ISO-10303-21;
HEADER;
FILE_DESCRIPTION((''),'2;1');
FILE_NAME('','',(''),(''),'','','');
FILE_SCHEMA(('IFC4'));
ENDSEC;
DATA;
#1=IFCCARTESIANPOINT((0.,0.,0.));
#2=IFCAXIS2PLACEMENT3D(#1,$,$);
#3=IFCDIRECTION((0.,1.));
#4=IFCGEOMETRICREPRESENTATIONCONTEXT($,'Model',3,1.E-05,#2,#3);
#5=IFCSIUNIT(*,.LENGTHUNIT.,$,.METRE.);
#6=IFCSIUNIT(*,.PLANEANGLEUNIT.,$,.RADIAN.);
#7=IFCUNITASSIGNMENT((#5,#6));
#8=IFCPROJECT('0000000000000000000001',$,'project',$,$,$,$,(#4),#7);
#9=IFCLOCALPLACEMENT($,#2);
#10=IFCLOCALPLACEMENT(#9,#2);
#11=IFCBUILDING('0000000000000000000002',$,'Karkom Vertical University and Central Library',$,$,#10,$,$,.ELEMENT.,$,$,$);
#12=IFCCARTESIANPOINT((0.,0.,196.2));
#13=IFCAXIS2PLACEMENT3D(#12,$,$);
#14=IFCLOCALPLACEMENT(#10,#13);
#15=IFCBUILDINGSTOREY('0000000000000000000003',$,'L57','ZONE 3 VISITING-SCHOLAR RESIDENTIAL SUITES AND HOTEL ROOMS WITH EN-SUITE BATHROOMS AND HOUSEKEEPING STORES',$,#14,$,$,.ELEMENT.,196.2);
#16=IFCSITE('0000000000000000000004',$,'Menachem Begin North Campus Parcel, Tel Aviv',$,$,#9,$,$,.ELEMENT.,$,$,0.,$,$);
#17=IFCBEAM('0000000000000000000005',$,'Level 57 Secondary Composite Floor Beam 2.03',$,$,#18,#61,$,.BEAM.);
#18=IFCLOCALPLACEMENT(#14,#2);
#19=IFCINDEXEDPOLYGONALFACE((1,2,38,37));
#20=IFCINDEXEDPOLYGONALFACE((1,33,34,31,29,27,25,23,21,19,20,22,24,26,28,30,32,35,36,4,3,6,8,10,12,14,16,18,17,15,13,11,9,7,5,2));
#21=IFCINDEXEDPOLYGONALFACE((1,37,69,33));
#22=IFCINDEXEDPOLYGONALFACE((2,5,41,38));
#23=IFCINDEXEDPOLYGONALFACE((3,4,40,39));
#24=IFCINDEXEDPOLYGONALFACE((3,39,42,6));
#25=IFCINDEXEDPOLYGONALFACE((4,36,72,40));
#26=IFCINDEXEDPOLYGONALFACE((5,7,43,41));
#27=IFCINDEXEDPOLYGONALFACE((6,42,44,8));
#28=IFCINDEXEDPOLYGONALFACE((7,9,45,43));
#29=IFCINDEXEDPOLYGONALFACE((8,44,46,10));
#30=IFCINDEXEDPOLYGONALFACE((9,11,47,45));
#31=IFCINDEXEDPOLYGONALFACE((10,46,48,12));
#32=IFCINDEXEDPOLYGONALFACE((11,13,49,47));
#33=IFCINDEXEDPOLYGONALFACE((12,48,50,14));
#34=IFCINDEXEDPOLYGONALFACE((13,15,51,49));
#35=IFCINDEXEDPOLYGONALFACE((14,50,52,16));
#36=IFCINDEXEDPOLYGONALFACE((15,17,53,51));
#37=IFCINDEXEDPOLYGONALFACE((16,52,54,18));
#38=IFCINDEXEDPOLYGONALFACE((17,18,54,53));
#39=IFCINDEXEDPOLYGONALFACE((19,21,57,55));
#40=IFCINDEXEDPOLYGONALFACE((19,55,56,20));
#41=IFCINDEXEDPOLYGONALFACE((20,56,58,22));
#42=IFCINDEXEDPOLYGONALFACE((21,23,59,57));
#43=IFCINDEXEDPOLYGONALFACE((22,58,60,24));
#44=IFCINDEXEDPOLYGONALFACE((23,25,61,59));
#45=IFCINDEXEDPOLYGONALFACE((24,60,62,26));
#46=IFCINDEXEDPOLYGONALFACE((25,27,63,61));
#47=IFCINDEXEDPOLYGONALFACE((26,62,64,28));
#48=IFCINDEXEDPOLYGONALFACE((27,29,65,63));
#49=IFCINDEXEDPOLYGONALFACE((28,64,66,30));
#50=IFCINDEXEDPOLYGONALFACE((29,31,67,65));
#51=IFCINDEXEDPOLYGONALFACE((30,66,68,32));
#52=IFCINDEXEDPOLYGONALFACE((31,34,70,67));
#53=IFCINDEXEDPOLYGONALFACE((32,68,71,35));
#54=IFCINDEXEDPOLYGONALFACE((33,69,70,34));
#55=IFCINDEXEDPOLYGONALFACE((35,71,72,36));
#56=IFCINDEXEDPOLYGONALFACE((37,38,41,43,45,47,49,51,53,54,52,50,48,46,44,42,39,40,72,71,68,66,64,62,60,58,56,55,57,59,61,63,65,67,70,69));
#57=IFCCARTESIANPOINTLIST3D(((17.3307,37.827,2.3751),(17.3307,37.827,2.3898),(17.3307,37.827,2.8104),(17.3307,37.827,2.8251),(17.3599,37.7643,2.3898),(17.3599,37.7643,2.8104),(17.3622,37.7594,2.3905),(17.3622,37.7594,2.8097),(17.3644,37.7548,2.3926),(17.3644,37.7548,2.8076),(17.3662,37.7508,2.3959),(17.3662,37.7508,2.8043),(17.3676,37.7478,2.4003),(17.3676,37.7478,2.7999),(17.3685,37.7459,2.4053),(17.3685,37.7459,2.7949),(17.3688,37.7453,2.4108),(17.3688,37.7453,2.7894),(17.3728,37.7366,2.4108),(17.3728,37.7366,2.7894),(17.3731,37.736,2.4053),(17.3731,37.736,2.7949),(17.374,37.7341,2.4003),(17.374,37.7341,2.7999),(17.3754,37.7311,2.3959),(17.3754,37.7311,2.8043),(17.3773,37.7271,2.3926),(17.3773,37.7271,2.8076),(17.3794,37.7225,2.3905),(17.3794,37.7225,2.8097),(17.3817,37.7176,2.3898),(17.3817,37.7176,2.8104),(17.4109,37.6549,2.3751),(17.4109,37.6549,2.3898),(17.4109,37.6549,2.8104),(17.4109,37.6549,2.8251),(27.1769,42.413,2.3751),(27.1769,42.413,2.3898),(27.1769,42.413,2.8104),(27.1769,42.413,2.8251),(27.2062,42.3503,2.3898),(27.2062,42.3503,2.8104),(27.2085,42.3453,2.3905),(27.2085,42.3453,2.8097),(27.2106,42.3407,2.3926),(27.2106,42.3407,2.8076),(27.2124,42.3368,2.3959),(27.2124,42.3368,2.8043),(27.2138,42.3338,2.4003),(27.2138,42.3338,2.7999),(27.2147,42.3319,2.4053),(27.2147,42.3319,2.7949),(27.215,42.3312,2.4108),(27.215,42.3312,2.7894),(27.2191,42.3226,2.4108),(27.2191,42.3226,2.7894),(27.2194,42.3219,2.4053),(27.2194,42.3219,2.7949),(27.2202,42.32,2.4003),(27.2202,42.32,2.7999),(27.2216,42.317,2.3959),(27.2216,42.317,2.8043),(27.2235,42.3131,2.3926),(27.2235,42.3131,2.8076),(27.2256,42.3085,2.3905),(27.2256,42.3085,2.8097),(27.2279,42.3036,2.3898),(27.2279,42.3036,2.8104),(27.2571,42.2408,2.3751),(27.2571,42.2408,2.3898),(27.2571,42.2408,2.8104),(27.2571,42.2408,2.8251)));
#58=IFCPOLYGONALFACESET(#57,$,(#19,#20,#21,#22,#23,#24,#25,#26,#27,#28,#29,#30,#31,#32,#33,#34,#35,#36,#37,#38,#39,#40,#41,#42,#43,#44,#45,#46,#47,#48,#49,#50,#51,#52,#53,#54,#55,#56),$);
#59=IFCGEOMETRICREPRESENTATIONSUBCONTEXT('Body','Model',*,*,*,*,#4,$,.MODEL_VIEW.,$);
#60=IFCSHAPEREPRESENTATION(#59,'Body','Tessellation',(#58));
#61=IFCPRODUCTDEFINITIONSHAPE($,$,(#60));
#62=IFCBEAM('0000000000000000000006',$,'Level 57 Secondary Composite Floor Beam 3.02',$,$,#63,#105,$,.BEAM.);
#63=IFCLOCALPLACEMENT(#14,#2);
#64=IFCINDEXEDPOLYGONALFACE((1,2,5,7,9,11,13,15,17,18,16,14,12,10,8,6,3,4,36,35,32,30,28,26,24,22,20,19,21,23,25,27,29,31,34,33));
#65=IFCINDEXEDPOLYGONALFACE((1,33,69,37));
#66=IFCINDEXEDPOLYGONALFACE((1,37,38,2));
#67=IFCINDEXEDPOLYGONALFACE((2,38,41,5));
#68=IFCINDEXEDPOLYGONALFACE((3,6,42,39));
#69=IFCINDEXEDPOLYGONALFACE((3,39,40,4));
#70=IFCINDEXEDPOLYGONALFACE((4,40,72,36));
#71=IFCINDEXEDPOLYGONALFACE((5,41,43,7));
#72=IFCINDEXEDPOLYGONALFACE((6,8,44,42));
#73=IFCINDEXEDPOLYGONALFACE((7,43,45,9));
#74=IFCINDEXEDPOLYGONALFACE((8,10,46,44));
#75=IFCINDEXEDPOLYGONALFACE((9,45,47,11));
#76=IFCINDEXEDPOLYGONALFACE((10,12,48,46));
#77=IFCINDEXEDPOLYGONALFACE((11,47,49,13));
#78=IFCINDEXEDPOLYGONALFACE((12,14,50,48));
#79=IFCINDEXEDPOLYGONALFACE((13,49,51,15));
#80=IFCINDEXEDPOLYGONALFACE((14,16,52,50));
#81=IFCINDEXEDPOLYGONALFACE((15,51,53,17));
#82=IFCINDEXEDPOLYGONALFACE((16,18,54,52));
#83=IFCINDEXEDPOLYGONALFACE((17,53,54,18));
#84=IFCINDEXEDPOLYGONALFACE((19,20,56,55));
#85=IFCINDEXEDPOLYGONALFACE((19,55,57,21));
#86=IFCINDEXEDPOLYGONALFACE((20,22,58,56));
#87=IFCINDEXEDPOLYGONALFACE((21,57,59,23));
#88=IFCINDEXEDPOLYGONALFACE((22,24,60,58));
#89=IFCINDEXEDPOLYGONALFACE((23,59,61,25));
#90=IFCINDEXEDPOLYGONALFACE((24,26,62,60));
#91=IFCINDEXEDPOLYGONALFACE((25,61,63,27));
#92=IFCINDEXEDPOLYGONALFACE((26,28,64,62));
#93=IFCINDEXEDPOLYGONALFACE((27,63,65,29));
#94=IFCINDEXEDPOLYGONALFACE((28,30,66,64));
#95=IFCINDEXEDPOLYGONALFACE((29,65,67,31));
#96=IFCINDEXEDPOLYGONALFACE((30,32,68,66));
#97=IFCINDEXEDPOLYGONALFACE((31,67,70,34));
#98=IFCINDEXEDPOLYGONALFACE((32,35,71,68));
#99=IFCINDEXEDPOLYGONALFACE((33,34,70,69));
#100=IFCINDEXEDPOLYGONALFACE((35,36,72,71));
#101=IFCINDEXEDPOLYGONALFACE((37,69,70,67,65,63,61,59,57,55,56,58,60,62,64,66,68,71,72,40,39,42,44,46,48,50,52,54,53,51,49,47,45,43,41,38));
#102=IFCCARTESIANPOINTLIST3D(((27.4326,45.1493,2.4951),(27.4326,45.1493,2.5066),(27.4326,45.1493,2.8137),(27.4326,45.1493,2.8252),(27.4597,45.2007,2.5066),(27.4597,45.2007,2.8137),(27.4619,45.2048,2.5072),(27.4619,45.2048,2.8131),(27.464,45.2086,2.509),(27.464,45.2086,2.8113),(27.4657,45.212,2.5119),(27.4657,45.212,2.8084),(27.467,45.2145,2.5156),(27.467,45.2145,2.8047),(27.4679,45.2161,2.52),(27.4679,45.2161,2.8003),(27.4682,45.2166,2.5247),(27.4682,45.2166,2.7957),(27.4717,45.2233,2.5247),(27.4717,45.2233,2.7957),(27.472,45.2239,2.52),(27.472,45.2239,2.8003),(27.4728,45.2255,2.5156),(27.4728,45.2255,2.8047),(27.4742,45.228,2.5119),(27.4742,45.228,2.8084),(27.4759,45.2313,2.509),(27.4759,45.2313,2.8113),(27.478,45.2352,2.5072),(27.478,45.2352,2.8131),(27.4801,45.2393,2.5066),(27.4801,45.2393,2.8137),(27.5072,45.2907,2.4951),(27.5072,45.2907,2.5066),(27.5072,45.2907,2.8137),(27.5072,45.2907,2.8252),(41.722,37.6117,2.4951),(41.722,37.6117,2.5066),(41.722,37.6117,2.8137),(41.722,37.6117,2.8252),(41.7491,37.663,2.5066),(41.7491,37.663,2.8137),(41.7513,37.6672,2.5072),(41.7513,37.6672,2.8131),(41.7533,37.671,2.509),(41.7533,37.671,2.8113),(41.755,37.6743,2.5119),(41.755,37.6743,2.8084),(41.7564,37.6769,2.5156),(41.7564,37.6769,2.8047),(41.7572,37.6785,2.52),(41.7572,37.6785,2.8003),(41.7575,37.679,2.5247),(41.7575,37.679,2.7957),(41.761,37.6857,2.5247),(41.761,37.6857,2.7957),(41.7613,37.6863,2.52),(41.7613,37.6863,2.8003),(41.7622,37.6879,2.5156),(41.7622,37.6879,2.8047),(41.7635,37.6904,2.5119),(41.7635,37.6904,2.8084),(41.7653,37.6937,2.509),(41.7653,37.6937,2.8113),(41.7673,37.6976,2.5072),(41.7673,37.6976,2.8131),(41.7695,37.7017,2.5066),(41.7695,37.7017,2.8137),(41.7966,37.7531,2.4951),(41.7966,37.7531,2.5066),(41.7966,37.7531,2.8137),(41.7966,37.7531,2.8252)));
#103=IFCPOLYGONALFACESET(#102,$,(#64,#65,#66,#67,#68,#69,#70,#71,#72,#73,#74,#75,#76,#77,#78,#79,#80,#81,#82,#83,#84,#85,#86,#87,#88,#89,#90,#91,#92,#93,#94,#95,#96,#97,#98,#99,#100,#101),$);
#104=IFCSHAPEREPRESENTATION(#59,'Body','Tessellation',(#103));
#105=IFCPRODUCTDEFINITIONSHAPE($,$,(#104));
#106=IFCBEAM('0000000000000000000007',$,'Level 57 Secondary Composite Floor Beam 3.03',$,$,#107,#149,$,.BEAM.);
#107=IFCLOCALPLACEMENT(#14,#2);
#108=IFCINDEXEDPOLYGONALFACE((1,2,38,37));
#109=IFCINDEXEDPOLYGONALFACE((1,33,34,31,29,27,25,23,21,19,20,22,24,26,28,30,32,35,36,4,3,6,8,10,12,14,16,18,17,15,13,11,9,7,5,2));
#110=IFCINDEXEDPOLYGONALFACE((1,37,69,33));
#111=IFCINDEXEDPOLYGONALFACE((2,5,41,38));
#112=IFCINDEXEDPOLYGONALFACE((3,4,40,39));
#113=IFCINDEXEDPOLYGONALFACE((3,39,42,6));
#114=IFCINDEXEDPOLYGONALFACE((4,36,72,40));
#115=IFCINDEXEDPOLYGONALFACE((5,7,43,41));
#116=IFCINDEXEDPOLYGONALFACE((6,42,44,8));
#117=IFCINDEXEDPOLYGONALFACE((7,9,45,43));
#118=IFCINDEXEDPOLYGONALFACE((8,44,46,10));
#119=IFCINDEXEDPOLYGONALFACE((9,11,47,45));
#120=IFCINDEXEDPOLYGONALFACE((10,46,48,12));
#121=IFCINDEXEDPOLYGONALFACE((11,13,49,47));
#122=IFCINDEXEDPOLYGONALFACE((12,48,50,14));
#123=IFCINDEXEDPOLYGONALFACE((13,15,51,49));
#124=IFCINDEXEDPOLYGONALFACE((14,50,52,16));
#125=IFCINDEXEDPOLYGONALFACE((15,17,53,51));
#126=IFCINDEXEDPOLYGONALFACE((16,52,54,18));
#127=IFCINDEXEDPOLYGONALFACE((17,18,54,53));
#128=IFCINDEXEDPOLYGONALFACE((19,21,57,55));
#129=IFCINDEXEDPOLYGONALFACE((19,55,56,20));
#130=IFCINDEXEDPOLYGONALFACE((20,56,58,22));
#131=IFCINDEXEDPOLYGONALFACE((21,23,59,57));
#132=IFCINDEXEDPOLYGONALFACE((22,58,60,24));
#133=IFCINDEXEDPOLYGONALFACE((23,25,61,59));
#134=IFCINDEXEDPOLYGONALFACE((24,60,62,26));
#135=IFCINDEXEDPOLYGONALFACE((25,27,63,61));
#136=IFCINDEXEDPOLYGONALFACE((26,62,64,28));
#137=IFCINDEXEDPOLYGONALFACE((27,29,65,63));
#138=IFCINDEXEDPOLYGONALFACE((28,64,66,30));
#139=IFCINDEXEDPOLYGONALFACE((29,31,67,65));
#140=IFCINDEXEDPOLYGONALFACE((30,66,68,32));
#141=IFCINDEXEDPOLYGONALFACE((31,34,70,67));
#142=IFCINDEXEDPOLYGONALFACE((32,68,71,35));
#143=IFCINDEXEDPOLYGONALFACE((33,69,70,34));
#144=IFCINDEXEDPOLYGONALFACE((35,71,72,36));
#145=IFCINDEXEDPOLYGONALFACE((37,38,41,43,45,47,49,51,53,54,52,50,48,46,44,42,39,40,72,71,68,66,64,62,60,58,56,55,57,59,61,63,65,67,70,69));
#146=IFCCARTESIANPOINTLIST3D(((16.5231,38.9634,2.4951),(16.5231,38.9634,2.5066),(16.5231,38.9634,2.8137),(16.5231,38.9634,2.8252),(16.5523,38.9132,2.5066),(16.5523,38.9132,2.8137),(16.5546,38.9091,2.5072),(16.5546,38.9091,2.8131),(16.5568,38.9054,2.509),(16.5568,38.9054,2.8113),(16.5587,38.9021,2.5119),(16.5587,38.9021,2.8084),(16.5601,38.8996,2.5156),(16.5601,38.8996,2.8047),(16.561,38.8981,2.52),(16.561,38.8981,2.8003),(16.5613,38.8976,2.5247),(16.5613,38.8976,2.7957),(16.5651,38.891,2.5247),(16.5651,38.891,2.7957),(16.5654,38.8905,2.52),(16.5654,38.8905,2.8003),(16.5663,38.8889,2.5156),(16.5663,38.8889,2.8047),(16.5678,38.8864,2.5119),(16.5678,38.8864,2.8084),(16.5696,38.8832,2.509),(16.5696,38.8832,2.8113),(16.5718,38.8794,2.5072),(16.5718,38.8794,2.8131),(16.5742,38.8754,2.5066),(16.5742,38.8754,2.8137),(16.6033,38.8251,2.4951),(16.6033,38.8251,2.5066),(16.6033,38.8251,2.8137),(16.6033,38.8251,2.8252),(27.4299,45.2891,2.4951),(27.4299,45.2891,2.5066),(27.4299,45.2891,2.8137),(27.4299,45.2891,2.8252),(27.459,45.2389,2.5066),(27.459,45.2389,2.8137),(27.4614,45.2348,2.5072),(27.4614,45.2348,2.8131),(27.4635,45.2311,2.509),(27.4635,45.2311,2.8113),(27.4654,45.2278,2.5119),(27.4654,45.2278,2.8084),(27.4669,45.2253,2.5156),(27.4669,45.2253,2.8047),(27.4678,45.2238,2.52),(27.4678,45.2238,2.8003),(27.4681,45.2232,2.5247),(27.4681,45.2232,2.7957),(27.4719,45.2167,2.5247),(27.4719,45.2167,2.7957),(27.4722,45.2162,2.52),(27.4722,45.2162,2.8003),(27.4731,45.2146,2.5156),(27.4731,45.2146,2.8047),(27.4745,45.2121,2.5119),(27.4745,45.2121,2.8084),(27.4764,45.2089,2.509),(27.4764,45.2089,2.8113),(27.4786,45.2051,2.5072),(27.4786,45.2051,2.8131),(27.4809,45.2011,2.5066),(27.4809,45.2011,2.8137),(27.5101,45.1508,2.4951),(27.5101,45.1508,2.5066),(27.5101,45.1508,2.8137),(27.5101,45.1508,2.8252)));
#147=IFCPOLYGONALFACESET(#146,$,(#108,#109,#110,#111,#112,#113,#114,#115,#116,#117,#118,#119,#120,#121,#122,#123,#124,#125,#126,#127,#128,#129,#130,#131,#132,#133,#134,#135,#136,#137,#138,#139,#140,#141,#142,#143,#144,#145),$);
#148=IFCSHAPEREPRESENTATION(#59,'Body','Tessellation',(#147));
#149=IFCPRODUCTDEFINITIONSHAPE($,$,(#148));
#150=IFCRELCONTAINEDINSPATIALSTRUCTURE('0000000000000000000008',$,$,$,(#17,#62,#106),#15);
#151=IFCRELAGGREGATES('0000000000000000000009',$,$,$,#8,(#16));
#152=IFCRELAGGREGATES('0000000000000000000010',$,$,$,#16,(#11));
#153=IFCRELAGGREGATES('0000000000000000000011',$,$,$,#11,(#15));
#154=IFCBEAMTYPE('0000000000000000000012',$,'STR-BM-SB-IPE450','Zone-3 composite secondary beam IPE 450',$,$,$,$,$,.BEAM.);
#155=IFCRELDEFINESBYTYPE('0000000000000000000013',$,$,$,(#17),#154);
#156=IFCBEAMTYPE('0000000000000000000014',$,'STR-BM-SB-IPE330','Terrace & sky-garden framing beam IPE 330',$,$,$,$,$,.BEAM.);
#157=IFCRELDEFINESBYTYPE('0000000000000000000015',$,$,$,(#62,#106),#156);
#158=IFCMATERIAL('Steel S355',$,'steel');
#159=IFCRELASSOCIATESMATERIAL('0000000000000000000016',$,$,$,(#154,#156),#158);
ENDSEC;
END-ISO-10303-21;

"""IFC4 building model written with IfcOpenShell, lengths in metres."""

from ifc_helpers import new_model, si_unit, direction, frame, origin, origin_with_axes, origin_2d, place, context, subcontext, project, spatial, i_section, extrude, source, transform, mapped, material, material_profile, profile_set, type_object, element, save


model = new_model("IFC4")

# Units and contexts
model_context = context("Model", 3, precision=1e-05, world=origin(), true_north=direction((0.0, 1.0)))
body_context = subcontext(model_context, "Body", "Model", "MODEL_VIEW")
ifc_project = project(units=[si_unit("LENGTHUNIT", "METRE"), si_unit("PLANEANGLEUNIT", "RADIAN")], contexts=[model_context])

# Site, building, storey
site_placement = place(None, origin())
site = spatial("IfcSite", under=ifc_project, at=site_placement, Name="Menachem Begin North Campus Parcel, Tel Aviv", CompositionType="ELEMENT", RefElevation=0.0)
building_placement = place(site_placement, origin())
building = spatial("IfcBuilding", under=site, at=building_placement, Name="Karkom Vertical University and Central Library", CompositionType="ELEMENT")
storey_placement = place(building_placement, frame((0.0, 0.0, 196.2)))
storey = spatial("IfcBuildingStorey", under=building, at=storey_placement, Name="L57", Description="ZONE 3 VISITING-SCHOLAR RESIDENTIAL SUITES AND HOTEL ROOMS WITH EN-SUITE BATHROOMS AND HOUSEKEEPING STORES", CompositionType="ELEMENT", Elevation=196.2)

# Beams
ifc_material_1 = material(Name="Steel S355", Category="steel")
ifc_material_profile_1 = material_profile(ifc_material_1, i_section(OverallWidth=0.1899, OverallDepth=0.45, WebThickness=0.0095, FlangeThickness=0.0146, FilletRadius=0.021, at=origin_2d()), Name="IPE 450")
ifc_profile_set_1 = profile_set([ifc_material_profile_1], Name="Steel S355")
beam_type_1 = type_object("IfcBeamType", Name="STR-BM-SB-IPE450", Description="Zone-3 composite secondary beam IPE 450", PredefinedType="BEAM", material=ifc_profile_set_1)
shared_shape_1 = source(origin_with_axes(), body_context, "Body", "SweptSolid", [
    extrude(i_section(OverallWidth=0.1899, OverallDepth=0.45, WebThickness=0.0095, FlangeThickness=0.0146, FilletRadius=0.021, at=origin_2d()), origin(), (0.0, 0.0, 1.0), 10.8618),
])
beam_1_placement = place(storey_placement, frame((27.217, 42.3269, 2.6001), z_axis=(-0.906499, -0.422209, 0.0), x_axis=(0.422209, -0.906499, 0.0)))
element("IfcBeam", 1, at=beam_1_placement, inside=storey, type_object=beam_type_1, Name="Level 57 Secondary Composite Floor Beam 2.03", PredefinedType="BEAM", context=body_context, shape_type="MappedRepresentation", body=[
    mapped(shared_shape_1, transform((0.0, 0.0, 0.0), scale=1.0)),
])
ifc_material_profile_2 = material_profile(ifc_material_1, i_section(OverallWidth=0.1599, OverallDepth=0.3301, WebThickness=0.0076, FlangeThickness=0.0115, FilletRadius=0.0181, at=origin_2d()), Name="IPE 330")
ifc_profile_set_2 = profile_set([ifc_material_profile_2], Name="Steel S355")
beam_type_2 = type_object("IfcBeamType", Name="STR-BM-SB-IPE330", Description="Terrace & sky-garden framing beam IPE 330", PredefinedType="BEAM", material=ifc_profile_set_2)
shared_shape_2 = source(origin_with_axes(), body_context, "Body", "SweptSolid", [
    extrude(i_section(OverallWidth=0.1599, OverallDepth=0.3301, WebThickness=0.0076, FlangeThickness=0.0115, FilletRadius=0.0181, at=origin_2d()), origin(), (0.0, 0.0, 1.0), 16.1555),
])
beam_2_placement = place(storey_placement, frame((41.7593, 37.6824, 2.6602), z_axis=(-0.884486, 0.466566, 0.0), x_axis=(-0.466566, -0.884486, 0.0)))
element("IfcBeam", 2, at=beam_2_placement, inside=storey, type_object=beam_type_2, Name="Level 57 Secondary Composite Floor Beam 3.02", PredefinedType="BEAM", context=body_context, shape_type="MappedRepresentation", body=[
    mapped(shared_shape_2, transform((0.0, 0.0, 0.0), scale=1.0)),
])
shared_shape_3 = source(origin_with_axes(), body_context, "Body", "SweptSolid", [
    extrude(i_section(OverallWidth=0.1599, OverallDepth=0.3301, WebThickness=0.0076, FlangeThickness=0.0115, FilletRadius=0.0181, at=origin_2d()), origin(), (0.0, 0.0, 1.0), 12.6084),
])
beam_3_placement = place(storey_placement, frame((27.47, 45.22, 2.6602), z_axis=(-0.865039, -0.501705, 0.0), x_axis=(0.501705, -0.865039, 0.0)))
element("IfcBeam", 3, at=beam_3_placement, inside=storey, type_object=beam_type_2, Name="Level 57 Secondary Composite Floor Beam 3.03", PredefinedType="BEAM", context=body_context, shape_type="MappedRepresentation", body=[
    mapped(shared_shape_3, transform((0.0, 0.0, 0.0), scale=1.0)),
])

save(model, "model.ifc")
